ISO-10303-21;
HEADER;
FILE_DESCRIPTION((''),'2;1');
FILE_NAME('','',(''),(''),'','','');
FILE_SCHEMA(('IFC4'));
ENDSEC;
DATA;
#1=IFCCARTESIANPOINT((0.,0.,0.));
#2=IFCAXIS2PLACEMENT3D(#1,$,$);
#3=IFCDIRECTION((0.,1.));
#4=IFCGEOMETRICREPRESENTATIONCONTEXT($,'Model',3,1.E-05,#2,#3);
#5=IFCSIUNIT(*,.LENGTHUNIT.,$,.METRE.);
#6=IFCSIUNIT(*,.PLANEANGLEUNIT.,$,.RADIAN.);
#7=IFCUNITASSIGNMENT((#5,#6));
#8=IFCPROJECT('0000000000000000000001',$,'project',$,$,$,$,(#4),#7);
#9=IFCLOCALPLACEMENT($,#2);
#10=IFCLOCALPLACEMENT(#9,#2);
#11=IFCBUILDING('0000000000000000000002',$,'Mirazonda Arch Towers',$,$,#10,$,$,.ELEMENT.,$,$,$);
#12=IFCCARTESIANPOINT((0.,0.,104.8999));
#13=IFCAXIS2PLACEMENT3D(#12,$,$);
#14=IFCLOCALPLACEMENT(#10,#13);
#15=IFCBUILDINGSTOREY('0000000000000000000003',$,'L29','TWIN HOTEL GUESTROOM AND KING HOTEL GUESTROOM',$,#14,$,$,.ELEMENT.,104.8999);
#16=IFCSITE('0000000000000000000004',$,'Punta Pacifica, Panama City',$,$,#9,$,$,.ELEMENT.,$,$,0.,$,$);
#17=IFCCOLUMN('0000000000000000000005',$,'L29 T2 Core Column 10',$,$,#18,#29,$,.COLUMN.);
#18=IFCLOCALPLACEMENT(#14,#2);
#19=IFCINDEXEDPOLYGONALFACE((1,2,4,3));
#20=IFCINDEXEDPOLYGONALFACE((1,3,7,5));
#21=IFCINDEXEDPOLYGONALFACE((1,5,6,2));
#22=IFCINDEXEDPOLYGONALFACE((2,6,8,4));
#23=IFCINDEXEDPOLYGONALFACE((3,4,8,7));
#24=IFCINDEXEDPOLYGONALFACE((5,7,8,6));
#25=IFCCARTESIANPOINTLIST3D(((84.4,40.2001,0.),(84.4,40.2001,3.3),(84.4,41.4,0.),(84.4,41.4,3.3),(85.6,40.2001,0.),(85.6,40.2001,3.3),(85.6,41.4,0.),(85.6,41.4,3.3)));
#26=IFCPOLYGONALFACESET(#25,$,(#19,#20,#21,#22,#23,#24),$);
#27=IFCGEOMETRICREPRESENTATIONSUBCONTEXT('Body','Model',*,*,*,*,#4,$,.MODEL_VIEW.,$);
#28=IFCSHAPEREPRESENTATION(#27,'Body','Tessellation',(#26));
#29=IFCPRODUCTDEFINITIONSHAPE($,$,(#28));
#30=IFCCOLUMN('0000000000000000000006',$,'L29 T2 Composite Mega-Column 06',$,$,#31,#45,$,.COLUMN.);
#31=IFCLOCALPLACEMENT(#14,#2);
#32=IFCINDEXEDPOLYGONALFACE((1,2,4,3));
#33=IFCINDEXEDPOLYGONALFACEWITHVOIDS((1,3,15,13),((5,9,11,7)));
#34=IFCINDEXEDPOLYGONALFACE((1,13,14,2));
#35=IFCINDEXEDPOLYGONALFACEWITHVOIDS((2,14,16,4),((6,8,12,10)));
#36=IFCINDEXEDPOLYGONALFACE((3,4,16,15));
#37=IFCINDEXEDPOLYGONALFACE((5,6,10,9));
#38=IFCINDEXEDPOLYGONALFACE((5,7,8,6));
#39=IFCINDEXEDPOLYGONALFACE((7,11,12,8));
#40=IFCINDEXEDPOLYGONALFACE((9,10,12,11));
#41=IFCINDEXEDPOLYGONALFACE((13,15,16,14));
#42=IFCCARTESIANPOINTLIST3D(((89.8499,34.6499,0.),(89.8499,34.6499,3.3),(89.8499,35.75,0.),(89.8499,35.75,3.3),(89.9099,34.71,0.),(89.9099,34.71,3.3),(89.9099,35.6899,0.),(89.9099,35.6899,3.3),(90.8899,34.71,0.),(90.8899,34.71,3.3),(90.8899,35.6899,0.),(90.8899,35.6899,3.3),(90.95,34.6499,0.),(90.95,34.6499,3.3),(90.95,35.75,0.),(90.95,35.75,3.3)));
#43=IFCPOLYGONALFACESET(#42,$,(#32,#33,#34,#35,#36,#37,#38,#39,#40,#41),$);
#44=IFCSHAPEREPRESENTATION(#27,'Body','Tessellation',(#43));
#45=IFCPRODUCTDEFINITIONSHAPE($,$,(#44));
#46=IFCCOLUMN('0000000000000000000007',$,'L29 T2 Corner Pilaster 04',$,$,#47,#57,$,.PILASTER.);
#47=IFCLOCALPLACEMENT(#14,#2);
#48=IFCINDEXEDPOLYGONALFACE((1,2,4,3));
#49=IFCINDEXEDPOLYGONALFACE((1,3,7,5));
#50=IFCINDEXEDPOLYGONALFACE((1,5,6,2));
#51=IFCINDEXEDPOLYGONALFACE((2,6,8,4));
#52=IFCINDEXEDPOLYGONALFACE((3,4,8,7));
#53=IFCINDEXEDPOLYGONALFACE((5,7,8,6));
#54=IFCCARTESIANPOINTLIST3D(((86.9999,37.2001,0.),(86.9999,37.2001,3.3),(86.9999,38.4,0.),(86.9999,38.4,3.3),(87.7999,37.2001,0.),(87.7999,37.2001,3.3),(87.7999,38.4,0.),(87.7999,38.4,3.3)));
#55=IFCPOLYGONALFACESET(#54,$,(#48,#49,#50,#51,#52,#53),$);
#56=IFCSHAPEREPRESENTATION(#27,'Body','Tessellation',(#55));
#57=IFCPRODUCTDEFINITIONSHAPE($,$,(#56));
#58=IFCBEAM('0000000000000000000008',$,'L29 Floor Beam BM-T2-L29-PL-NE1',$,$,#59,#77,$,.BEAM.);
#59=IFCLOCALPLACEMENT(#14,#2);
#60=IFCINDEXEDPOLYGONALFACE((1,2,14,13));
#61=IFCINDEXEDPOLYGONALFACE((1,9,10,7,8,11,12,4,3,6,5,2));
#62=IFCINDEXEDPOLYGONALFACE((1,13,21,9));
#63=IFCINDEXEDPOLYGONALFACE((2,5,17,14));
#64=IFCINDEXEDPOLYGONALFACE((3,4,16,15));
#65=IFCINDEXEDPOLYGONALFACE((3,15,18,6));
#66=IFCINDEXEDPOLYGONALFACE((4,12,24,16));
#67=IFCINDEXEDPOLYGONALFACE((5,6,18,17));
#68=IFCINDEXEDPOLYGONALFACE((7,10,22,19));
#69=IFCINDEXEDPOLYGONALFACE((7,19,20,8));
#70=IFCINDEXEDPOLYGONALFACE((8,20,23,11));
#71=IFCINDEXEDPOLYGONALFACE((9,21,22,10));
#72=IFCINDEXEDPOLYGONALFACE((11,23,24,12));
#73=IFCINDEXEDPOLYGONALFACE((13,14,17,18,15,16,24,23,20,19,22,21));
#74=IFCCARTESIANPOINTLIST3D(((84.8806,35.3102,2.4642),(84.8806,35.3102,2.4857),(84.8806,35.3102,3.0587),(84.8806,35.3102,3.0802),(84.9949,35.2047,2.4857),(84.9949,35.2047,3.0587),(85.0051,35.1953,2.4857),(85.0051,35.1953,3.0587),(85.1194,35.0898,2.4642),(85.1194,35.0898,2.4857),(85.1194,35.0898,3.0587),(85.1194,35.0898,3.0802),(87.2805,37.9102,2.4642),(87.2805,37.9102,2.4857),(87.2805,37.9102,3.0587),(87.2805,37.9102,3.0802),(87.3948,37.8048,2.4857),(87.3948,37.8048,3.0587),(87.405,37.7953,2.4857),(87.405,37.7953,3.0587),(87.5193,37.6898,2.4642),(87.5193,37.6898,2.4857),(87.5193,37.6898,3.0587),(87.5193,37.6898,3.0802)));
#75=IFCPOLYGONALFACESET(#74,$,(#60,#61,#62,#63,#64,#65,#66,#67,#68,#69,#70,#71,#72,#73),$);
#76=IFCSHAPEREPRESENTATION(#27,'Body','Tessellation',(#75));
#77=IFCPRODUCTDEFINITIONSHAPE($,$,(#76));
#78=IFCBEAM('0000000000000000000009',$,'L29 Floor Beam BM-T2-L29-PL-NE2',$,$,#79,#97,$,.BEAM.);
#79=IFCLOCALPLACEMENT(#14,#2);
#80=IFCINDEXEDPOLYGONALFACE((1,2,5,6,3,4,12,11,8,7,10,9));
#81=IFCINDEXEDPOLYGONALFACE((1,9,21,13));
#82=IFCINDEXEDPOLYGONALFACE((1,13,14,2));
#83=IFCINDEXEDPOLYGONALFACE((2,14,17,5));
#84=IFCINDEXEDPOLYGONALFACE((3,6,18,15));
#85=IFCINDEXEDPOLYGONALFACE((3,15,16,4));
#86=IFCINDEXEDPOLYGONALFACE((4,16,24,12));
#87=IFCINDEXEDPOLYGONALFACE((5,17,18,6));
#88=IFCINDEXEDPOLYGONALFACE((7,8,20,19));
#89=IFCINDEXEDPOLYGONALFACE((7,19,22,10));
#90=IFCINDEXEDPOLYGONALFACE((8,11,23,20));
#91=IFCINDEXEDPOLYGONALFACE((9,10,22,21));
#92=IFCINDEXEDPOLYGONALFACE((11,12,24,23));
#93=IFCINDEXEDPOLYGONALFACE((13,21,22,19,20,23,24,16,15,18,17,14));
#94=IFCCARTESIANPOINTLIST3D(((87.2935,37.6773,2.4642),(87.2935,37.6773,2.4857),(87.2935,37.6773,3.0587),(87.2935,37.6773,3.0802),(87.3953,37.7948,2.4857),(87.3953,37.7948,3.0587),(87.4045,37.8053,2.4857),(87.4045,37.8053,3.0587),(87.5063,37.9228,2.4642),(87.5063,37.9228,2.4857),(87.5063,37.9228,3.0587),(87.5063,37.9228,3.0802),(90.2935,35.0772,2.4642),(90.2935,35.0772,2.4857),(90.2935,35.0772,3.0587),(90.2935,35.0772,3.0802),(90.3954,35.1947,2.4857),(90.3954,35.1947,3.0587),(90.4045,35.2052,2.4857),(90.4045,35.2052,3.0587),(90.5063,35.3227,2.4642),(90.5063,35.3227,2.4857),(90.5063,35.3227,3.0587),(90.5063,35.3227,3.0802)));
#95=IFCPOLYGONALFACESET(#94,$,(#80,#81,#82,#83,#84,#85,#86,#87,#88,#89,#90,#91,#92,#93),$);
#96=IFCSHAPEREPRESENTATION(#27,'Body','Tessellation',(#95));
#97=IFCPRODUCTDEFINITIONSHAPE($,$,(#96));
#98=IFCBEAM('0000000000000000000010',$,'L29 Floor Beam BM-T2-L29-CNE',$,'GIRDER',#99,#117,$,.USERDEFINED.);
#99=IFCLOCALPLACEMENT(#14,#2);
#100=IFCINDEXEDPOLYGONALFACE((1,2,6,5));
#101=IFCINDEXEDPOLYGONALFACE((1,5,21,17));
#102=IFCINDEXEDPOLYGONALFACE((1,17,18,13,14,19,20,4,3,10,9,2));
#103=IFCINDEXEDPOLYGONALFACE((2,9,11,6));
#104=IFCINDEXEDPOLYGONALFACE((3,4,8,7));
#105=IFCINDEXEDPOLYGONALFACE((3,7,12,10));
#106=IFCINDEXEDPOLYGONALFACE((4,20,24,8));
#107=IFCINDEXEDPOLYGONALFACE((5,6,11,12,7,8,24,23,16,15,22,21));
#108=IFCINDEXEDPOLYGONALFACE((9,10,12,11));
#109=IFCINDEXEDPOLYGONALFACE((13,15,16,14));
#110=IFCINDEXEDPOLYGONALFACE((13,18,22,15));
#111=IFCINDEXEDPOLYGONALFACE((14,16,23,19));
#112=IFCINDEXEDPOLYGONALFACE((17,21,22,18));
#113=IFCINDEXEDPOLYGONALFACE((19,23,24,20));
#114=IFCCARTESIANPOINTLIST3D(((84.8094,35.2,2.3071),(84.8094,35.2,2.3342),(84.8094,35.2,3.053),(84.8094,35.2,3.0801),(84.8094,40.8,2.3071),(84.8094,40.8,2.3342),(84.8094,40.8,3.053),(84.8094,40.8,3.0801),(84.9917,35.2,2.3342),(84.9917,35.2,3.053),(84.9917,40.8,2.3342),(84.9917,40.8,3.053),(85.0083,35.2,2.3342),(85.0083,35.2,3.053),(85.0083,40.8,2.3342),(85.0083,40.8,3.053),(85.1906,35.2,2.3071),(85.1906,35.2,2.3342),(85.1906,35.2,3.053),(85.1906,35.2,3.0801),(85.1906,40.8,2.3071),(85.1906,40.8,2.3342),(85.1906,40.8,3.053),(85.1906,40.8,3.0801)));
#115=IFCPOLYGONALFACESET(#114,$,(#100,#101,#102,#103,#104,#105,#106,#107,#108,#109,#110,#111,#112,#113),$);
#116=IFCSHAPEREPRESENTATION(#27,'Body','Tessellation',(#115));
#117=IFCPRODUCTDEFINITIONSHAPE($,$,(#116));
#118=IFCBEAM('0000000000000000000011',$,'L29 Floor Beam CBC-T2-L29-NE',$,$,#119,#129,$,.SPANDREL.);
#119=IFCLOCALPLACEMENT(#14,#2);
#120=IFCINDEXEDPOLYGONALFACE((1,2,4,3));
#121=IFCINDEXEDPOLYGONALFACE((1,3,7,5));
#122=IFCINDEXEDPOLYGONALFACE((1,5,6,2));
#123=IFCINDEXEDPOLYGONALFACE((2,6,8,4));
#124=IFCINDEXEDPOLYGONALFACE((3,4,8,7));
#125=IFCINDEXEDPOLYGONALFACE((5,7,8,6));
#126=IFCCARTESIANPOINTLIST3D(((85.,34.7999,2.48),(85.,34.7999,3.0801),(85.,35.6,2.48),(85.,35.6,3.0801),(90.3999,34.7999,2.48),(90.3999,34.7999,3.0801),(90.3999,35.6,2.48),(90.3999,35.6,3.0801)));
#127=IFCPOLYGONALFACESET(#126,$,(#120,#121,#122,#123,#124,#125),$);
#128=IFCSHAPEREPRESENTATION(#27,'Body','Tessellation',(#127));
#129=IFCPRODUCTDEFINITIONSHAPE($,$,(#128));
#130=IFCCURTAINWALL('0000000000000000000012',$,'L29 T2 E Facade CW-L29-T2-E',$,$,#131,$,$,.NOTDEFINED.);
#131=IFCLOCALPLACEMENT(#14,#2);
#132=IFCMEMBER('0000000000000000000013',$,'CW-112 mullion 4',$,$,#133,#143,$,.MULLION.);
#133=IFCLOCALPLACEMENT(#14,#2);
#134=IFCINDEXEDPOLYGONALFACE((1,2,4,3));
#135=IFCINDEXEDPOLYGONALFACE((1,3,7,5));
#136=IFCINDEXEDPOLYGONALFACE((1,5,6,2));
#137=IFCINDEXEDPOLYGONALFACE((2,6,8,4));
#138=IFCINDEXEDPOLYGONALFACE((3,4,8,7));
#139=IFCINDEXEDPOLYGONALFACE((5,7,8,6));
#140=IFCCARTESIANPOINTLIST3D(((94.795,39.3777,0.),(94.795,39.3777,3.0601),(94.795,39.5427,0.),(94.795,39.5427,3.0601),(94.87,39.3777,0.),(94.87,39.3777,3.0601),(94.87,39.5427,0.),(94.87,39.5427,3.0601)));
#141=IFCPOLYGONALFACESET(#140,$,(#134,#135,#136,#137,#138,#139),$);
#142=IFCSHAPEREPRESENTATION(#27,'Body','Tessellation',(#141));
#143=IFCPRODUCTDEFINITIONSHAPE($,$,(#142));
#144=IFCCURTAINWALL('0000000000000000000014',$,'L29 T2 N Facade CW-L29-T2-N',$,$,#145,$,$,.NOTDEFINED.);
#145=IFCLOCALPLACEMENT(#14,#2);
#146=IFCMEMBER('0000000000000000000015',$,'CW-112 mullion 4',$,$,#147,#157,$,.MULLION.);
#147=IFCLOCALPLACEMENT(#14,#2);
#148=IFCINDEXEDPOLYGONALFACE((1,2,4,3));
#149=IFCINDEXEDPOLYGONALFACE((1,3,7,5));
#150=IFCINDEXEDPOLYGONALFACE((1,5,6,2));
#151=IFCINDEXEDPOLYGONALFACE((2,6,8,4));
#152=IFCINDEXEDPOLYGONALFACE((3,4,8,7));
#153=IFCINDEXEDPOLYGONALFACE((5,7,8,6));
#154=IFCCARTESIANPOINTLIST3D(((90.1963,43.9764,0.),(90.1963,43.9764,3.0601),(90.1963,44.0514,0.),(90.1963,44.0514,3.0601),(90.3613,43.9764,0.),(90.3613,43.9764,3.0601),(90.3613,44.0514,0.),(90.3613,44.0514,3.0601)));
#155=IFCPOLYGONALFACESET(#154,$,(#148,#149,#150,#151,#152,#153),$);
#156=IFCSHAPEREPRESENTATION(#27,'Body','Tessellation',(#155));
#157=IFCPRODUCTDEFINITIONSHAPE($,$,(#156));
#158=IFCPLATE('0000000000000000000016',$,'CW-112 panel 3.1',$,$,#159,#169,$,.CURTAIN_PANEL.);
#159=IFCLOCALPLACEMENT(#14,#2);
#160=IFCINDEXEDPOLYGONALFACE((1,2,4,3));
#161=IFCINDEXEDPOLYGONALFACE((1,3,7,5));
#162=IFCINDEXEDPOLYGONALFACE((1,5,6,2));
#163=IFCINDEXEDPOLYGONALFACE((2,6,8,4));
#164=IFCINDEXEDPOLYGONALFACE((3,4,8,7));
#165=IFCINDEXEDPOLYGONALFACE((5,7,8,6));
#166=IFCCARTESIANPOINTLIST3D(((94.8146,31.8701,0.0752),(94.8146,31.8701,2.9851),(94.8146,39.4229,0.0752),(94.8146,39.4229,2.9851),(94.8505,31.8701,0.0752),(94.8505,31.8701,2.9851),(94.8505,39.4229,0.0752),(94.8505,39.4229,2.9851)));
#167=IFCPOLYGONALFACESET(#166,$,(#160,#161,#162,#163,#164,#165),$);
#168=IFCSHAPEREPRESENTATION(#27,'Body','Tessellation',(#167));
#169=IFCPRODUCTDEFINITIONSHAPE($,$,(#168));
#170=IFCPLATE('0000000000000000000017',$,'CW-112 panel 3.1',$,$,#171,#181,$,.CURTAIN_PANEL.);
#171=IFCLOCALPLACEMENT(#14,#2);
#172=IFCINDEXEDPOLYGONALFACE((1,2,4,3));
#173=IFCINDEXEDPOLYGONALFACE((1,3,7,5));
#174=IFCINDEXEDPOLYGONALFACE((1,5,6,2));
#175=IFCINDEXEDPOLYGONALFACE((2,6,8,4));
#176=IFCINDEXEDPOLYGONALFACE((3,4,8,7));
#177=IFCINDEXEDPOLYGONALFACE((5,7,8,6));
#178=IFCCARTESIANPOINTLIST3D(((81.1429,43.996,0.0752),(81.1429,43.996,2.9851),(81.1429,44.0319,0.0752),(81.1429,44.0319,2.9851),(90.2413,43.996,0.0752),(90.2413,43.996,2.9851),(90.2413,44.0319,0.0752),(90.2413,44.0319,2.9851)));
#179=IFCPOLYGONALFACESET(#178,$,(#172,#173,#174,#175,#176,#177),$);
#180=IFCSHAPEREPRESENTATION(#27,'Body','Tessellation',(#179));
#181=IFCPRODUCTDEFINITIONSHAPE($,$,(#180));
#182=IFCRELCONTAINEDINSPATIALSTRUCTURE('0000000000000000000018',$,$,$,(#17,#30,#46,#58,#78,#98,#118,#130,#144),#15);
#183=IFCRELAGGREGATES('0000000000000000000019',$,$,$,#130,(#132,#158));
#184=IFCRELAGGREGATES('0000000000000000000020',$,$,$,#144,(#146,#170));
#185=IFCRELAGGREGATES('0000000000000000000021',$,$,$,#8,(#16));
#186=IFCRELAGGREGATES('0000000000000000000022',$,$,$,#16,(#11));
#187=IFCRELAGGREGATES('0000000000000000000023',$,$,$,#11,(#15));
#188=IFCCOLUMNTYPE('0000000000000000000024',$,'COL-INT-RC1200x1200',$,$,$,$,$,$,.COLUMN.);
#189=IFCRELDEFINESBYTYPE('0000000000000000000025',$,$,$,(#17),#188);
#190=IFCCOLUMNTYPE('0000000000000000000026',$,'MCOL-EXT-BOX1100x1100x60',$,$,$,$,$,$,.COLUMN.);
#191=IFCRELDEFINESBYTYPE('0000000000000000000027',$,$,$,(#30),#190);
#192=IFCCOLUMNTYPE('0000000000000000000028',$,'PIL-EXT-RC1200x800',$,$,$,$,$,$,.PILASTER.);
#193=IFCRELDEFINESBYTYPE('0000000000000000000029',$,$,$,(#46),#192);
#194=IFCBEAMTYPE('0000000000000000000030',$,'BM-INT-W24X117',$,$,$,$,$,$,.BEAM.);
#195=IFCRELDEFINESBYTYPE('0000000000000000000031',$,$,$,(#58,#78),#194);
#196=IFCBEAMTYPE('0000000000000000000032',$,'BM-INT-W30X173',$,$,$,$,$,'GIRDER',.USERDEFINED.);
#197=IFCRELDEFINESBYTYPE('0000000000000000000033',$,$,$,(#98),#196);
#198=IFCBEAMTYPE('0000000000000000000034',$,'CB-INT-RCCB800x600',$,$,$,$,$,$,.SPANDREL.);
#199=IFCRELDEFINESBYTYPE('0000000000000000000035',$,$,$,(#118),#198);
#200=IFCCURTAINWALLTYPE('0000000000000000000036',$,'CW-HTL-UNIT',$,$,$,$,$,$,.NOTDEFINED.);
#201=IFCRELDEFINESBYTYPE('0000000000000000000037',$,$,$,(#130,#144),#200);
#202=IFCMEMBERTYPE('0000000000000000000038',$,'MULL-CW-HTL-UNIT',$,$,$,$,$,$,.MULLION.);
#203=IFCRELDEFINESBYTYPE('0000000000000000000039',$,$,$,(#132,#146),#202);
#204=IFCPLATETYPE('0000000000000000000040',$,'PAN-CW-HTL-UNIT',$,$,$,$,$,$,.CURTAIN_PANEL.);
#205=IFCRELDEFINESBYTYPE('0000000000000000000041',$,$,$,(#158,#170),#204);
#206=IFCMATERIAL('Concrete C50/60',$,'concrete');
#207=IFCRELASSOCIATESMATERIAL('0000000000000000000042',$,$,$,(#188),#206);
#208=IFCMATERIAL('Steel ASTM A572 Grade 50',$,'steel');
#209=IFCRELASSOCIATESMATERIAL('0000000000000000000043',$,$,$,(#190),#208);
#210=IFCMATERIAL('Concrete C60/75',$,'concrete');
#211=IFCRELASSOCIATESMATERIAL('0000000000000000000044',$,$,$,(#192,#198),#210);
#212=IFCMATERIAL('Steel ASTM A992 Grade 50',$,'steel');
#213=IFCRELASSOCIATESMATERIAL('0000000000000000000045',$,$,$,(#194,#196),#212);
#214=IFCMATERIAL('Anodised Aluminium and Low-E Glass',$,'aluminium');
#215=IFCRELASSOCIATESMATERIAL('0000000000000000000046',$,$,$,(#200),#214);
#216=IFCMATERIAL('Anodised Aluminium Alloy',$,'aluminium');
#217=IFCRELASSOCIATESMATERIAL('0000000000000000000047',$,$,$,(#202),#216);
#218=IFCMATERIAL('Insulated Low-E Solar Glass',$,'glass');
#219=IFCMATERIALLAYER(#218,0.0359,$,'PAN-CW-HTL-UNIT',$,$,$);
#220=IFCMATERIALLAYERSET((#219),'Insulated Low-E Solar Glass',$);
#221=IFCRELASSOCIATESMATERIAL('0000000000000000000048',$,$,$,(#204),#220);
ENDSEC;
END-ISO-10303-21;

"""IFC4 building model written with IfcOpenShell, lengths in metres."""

from ifc_helpers import new_model, si_unit, direction, frame, origin, origin_2d, place, context, subcontext, project, spatial, rectangle, hollow_rectangle, i_section, extrude, material, layer, layer_set, material_profile, profile_set, type_object, element, aggregate, save


model = new_model("IFC4")

# Units and contexts
model_context = context("Model", 3, precision=1e-05, world=origin(), true_north=direction((0.0, 1.0)))
body_context = subcontext(model_context, "Body", "Model", "MODEL_VIEW")
ifc_project = project(units=[si_unit("LENGTHUNIT", "METRE"), si_unit("PLANEANGLEUNIT", "RADIAN")], contexts=[model_context])

# Site, building, storey
site_placement = place(None, origin())
site = spatial("IfcSite", under=ifc_project, at=site_placement, Name="Punta Pacifica, Panama City", CompositionType="ELEMENT", RefElevation=0.0)
building_placement = place(site_placement, origin())
building = spatial("IfcBuilding", under=site, at=building_placement, Name="Mirazonda Arch Towers", CompositionType="ELEMENT")
storey_placement = place(building_placement, frame((0.0, 0.0, 104.8999)))
storey = spatial("IfcBuildingStorey", under=building, at=storey_placement, Name="L29", Description="TWIN HOTEL GUESTROOM AND KING HOTEL GUESTROOM", CompositionType="ELEMENT", Elevation=104.8999)

# Columns
ifc_material_1 = material(Name="Concrete C50/60", Category="concrete")
ifc_material_profile_1 = material_profile(ifc_material_1, rectangle(XDim=1.2, YDim=1.2, at=origin_2d()), Name="RC1200x1200")
ifc_profile_set_1 = profile_set([ifc_material_profile_1], Name="Concrete C50/60")
column_type_1 = type_object("IfcColumnType", Name="COL-INT-RC1200x1200", PredefinedType="COLUMN", material=ifc_profile_set_1)
column_1_placement = place(storey_placement, frame((85.0, 40.8, 0.0), z_axis=(0.0, 0.0, 1.0), x_axis=(1.0, 0.0, 0.0)))
element("IfcColumn", 1, at=column_1_placement, inside=storey, type_object=column_type_1, Name="L29 T2 Core Column 10", PredefinedType="COLUMN", context=body_context, shape_type="SweptSolid", body=[
    extrude(rectangle(XDim=1.2, YDim=1.2, at=origin_2d()), origin(), (0.0, 0.0, 1.0), 3.3),
])
ifc_material_2 = material(Name="Steel ASTM A572 Grade 50", Category="steel")
ifc_material_profile_2 = material_profile(ifc_material_2, hollow_rectangle(XDim=1.1001, YDim=1.1001, WallThickness=0.0601, at=origin_2d()), Name="BOX1100x1100x60")
ifc_profile_set_2 = profile_set([ifc_material_profile_2], Name="Steel ASTM A572 Grade 50")
column_type_2 = type_object("IfcColumnType", Name="MCOL-EXT-BOX1100x1100x60", PredefinedType="COLUMN", material=ifc_profile_set_2)
column_2_placement = place(storey_placement, frame((90.3999, 35.2, 0.0), z_axis=(0.0, 0.0, 1.0), x_axis=(1.0, 0.0, 0.0)))
element("IfcColumn", 2, at=column_2_placement, inside=storey, type_object=column_type_2, Name="L29 T2 Composite Mega-Column 06", PredefinedType="COLUMN", context=body_context, shape_type="SweptSolid", body=[
    extrude(hollow_rectangle(XDim=1.1001, YDim=1.1001, WallThickness=0.0601, at=origin_2d()), origin(), (0.0, 0.0, 1.0), 3.3),
])
ifc_material_3 = material(Name="Concrete C60/75", Category="concrete")
ifc_material_profile_3 = material_profile(ifc_material_3, rectangle(XDim=0.8, YDim=1.2, at=origin_2d()), Name="RC1200x800")
ifc_profile_set_3 = profile_set([ifc_material_profile_3], Name="Concrete C60/75")
column_type_3 = type_object("IfcColumnType", Name="PIL-EXT-RC1200x800", PredefinedType="PILASTER", material=ifc_profile_set_3)
column_3_placement = place(storey_placement, frame((87.3999, 37.8, 0.0), z_axis=(0.0, 0.0, 1.0), x_axis=(1.0, 0.0, 0.0)))
element("IfcColumn", 3, at=column_3_placement, inside=storey, type_object=column_type_3, Name="L29 T2 Corner Pilaster 04", PredefinedType="PILASTER", context=body_context, shape_type="SweptSolid", body=[
    extrude(rectangle(XDim=0.8, YDim=1.2, at=origin_2d()), origin(), (0.0, 0.0, 1.0), 3.3),
])

# Beams
ifc_material_4 = material(Name="Steel ASTM A992 Grade 50", Category="steel")
ifc_material_profile_4 = material_profile(ifc_material_4, i_section(OverallWidth=0.325, OverallDepth=0.616, WebThickness=0.0139, FlangeThickness=0.0215, at=origin_2d()), Name="W24X117")
ifc_profile_set_4 = profile_set([ifc_material_profile_4], Name="Steel ASTM A992 Grade 50")
beam_type_1 = type_object("IfcBeamType", Name="BM-INT-W24X117", PredefinedType="BEAM", material=ifc_profile_set_4)
beam_1_placement = place(storey_placement, frame((87.3999, 37.8, 2.7722), z_axis=(-0.678251, -0.73483, 0.0), x_axis=(0.73483, -0.678251, 0.0)))
element("IfcBeam", 4, at=beam_1_placement, inside=storey, type_object=beam_type_1, Name="L29 Floor Beam BM-T2-L29-PL-NE1", PredefinedType="BEAM", context=body_context, shape_type="SweptSolid", body=[
    extrude(i_section(OverallWidth=0.325, OverallDepth=0.616, WebThickness=0.0139, FlangeThickness=0.0215, at=origin_2d()), origin(), (0.0, 0.0, 1.0), 3.5383),
])
beam_2_placement = place(storey_placement, frame((87.3999, 37.8, 2.7722), z_axis=(0.755677, -0.654945, 0.0), x_axis=(0.654945, 0.755677, 0.0)))
element("IfcBeam", 5, at=beam_2_placement, inside=storey, type_object=beam_type_1, Name="L29 Floor Beam BM-T2-L29-PL-NE2", PredefinedType="BEAM", context=body_context, shape_type="SweptSolid", body=[
    extrude(i_section(OverallWidth=0.325, OverallDepth=0.616, WebThickness=0.0139, FlangeThickness=0.0215, at=origin_2d()), origin(), (0.0, 0.0, 1.0), 3.97),
])
ifc_material_profile_5 = material_profile(ifc_material_4, i_section(OverallWidth=0.3811, OverallDepth=0.7729, WebThickness=0.0166, FlangeThickness=0.0271, at=origin_2d()), Name="W30X173")
ifc_profile_set_5 = profile_set([ifc_material_profile_5], Name="Steel ASTM A992 Grade 50")
beam_type_2 = type_object("IfcBeamType", Name="BM-INT-W30X173", ElementType="GIRDER", PredefinedType="USERDEFINED", material=ifc_profile_set_5)
beam_3_placement = place(storey_placement, frame((85.0, 35.2, 2.6936), z_axis=(0.0, 1.0, 0.0), x_axis=(-1.0, 0.0, 0.0)))
element("IfcBeam", 6, at=beam_3_placement, inside=storey, type_object=beam_type_2, Name="L29 Floor Beam BM-T2-L29-CNE", ObjectType="GIRDER", PredefinedType="USERDEFINED", context=body_context, shape_type="SweptSolid", body=[
    extrude(i_section(OverallWidth=0.3811, OverallDepth=0.7729, WebThickness=0.0166, FlangeThickness=0.0271, at=origin_2d()), origin(), (0.0, 0.0, 1.0), 5.6001),
])
ifc_material_profile_6 = material_profile(ifc_material_3, rectangle(XDim=0.8, YDim=0.6001, at=origin_2d()), Name="RCCB800x600")
ifc_profile_set_6 = profile_set([ifc_material_profile_6], Name="Concrete C60/75")
beam_type_3 = type_object("IfcBeamType", Name="CB-INT-RCCB800x600", PredefinedType="SPANDREL", material=ifc_profile_set_6)
beam_4_placement = place(storey_placement, frame((85.0, 35.2, 2.78), z_axis=(1.0, 0.0, 0.0), x_axis=(0.0, 1.0, 0.0)))
element("IfcBeam", 7, at=beam_4_placement, inside=storey, type_object=beam_type_3, Name="L29 Floor Beam CBC-T2-L29-NE", PredefinedType="SPANDREL", context=body_context, shape_type="SweptSolid", body=[
    extrude(rectangle(XDim=0.8, YDim=0.6001, at=origin_2d()), origin(), (0.0, 0.0, 1.0), 5.3999),
])

# Curtain walls, members
ifc_material_5 = material(Name="Anodised Aluminium and Low-E Glass", Category="aluminium")
curtain_wall_type = type_object("IfcCurtainWallType", Name="CW-HTL-UNIT", PredefinedType="NOTDEFINED", material=ifc_material_5)
curtain_wall_1_placement = place(storey_placement, origin())
curtain_wall_1 = element("IfcCurtainWall", 8, at=curtain_wall_1_placement, inside=storey, type_object=curtain_wall_type, Name="L29 T2 E Facade CW-L29-T2-E", PredefinedType="NOTDEFINED")
ifc_material_6 = material(Name="Anodised Aluminium Alloy", Category="aluminium")
ifc_material_profile_7 = material_profile(ifc_material_6, rectangle(XDim=0.075, YDim=0.165, at=origin_2d()), Name="ALU-MULL-75x165")
ifc_profile_set_7 = profile_set([ifc_material_profile_7], Name="Anodised Aluminium Alloy")
member_type = type_object("IfcMemberType", Name="MULL-CW-HTL-UNIT", PredefinedType="MULLION", material=ifc_profile_set_7)
member_1_placement = place(storey_placement, frame((94.8325, 39.4602, 0.0), z_axis=(0.0, 0.0, 1.0), x_axis=(-1.0, 0.0, 0.0)))
member_1 = element("IfcMember", 9, at=member_1_placement, type_object=member_type, Name="CW-112 mullion 4", PredefinedType="MULLION", context=body_context, shape_type="SweptSolid", body=[
    extrude(rectangle(XDim=0.075, YDim=0.165, at=origin_2d()), origin(), (0.0, 0.0, 1.0), 3.0601),
])
curtain_wall_2_placement = place(storey_placement, origin())
curtain_wall_2 = element("IfcCurtainWall", 10, at=curtain_wall_2_placement, inside=storey, type_object=curtain_wall_type, Name="L29 T2 N Facade CW-L29-T2-N", PredefinedType="NOTDEFINED")
member_2_placement = place(storey_placement, frame((90.2788, 44.0139, 0.0), z_axis=(0.0, 0.0, 1.0), x_axis=(0.0, 1.0, 0.0)))
member_2 = element("IfcMember", 11, at=member_2_placement, type_object=member_type, Name="CW-112 mullion 4", PredefinedType="MULLION", context=body_context, shape_type="SweptSolid", body=[
    extrude(rectangle(XDim=0.075, YDim=0.165, at=origin_2d()), origin(), (0.0, 0.0, 1.0), 3.0601),
])

# Plates
ifc_material_7 = material(Name="Insulated Low-E Solar Glass", Category="glass")
ifc_layer_1 = layer(ifc_material_7, 0.0359, Name="PAN-CW-HTL-UNIT")
ifc_layer_set_1 = layer_set([ifc_layer_1], Name="Insulated Low-E Solar Glass")
plate_type = type_object("IfcPlateType", Name="PAN-CW-HTL-UNIT", PredefinedType="CURTAIN_PANEL", material=ifc_layer_set_1)
plate_1_placement = place(storey_placement, frame((94.8325, 35.6465, 0.0752), z_axis=(0.0, 0.0, 1.0), x_axis=(0.0, 1.0, 0.0)))
plate_1 = element("IfcPlate", 12, at=plate_1_placement, type_object=plate_type, Name="CW-112 panel 3.1", PredefinedType="CURTAIN_PANEL", context=body_context, shape_type="SweptSolid", body=[
    extrude(rectangle(XDim=7.5527, YDim=0.0359, at=origin_2d()), origin(), (0.0, 0.0, 1.0), 2.9099),
])
aggregate(curtain_wall_1, [member_1, plate_1])
plate_2_placement = place(storey_placement, frame((85.6921, 44.0139, 0.0752), z_axis=(0.0, 0.0, 1.0), x_axis=(1.0, 0.0, 0.0)))
plate_2 = element("IfcPlate", 13, at=plate_2_placement, type_object=plate_type, Name="CW-112 panel 3.1", PredefinedType="CURTAIN_PANEL", context=body_context, shape_type="SweptSolid", body=[
    extrude(rectangle(XDim=9.0984, YDim=0.0359, at=origin_2d()), origin(), (0.0, 0.0, 1.0), 2.9099),
])
aggregate(curtain_wall_2, [member_2, plate_2])

save(model, "model.ifc")
